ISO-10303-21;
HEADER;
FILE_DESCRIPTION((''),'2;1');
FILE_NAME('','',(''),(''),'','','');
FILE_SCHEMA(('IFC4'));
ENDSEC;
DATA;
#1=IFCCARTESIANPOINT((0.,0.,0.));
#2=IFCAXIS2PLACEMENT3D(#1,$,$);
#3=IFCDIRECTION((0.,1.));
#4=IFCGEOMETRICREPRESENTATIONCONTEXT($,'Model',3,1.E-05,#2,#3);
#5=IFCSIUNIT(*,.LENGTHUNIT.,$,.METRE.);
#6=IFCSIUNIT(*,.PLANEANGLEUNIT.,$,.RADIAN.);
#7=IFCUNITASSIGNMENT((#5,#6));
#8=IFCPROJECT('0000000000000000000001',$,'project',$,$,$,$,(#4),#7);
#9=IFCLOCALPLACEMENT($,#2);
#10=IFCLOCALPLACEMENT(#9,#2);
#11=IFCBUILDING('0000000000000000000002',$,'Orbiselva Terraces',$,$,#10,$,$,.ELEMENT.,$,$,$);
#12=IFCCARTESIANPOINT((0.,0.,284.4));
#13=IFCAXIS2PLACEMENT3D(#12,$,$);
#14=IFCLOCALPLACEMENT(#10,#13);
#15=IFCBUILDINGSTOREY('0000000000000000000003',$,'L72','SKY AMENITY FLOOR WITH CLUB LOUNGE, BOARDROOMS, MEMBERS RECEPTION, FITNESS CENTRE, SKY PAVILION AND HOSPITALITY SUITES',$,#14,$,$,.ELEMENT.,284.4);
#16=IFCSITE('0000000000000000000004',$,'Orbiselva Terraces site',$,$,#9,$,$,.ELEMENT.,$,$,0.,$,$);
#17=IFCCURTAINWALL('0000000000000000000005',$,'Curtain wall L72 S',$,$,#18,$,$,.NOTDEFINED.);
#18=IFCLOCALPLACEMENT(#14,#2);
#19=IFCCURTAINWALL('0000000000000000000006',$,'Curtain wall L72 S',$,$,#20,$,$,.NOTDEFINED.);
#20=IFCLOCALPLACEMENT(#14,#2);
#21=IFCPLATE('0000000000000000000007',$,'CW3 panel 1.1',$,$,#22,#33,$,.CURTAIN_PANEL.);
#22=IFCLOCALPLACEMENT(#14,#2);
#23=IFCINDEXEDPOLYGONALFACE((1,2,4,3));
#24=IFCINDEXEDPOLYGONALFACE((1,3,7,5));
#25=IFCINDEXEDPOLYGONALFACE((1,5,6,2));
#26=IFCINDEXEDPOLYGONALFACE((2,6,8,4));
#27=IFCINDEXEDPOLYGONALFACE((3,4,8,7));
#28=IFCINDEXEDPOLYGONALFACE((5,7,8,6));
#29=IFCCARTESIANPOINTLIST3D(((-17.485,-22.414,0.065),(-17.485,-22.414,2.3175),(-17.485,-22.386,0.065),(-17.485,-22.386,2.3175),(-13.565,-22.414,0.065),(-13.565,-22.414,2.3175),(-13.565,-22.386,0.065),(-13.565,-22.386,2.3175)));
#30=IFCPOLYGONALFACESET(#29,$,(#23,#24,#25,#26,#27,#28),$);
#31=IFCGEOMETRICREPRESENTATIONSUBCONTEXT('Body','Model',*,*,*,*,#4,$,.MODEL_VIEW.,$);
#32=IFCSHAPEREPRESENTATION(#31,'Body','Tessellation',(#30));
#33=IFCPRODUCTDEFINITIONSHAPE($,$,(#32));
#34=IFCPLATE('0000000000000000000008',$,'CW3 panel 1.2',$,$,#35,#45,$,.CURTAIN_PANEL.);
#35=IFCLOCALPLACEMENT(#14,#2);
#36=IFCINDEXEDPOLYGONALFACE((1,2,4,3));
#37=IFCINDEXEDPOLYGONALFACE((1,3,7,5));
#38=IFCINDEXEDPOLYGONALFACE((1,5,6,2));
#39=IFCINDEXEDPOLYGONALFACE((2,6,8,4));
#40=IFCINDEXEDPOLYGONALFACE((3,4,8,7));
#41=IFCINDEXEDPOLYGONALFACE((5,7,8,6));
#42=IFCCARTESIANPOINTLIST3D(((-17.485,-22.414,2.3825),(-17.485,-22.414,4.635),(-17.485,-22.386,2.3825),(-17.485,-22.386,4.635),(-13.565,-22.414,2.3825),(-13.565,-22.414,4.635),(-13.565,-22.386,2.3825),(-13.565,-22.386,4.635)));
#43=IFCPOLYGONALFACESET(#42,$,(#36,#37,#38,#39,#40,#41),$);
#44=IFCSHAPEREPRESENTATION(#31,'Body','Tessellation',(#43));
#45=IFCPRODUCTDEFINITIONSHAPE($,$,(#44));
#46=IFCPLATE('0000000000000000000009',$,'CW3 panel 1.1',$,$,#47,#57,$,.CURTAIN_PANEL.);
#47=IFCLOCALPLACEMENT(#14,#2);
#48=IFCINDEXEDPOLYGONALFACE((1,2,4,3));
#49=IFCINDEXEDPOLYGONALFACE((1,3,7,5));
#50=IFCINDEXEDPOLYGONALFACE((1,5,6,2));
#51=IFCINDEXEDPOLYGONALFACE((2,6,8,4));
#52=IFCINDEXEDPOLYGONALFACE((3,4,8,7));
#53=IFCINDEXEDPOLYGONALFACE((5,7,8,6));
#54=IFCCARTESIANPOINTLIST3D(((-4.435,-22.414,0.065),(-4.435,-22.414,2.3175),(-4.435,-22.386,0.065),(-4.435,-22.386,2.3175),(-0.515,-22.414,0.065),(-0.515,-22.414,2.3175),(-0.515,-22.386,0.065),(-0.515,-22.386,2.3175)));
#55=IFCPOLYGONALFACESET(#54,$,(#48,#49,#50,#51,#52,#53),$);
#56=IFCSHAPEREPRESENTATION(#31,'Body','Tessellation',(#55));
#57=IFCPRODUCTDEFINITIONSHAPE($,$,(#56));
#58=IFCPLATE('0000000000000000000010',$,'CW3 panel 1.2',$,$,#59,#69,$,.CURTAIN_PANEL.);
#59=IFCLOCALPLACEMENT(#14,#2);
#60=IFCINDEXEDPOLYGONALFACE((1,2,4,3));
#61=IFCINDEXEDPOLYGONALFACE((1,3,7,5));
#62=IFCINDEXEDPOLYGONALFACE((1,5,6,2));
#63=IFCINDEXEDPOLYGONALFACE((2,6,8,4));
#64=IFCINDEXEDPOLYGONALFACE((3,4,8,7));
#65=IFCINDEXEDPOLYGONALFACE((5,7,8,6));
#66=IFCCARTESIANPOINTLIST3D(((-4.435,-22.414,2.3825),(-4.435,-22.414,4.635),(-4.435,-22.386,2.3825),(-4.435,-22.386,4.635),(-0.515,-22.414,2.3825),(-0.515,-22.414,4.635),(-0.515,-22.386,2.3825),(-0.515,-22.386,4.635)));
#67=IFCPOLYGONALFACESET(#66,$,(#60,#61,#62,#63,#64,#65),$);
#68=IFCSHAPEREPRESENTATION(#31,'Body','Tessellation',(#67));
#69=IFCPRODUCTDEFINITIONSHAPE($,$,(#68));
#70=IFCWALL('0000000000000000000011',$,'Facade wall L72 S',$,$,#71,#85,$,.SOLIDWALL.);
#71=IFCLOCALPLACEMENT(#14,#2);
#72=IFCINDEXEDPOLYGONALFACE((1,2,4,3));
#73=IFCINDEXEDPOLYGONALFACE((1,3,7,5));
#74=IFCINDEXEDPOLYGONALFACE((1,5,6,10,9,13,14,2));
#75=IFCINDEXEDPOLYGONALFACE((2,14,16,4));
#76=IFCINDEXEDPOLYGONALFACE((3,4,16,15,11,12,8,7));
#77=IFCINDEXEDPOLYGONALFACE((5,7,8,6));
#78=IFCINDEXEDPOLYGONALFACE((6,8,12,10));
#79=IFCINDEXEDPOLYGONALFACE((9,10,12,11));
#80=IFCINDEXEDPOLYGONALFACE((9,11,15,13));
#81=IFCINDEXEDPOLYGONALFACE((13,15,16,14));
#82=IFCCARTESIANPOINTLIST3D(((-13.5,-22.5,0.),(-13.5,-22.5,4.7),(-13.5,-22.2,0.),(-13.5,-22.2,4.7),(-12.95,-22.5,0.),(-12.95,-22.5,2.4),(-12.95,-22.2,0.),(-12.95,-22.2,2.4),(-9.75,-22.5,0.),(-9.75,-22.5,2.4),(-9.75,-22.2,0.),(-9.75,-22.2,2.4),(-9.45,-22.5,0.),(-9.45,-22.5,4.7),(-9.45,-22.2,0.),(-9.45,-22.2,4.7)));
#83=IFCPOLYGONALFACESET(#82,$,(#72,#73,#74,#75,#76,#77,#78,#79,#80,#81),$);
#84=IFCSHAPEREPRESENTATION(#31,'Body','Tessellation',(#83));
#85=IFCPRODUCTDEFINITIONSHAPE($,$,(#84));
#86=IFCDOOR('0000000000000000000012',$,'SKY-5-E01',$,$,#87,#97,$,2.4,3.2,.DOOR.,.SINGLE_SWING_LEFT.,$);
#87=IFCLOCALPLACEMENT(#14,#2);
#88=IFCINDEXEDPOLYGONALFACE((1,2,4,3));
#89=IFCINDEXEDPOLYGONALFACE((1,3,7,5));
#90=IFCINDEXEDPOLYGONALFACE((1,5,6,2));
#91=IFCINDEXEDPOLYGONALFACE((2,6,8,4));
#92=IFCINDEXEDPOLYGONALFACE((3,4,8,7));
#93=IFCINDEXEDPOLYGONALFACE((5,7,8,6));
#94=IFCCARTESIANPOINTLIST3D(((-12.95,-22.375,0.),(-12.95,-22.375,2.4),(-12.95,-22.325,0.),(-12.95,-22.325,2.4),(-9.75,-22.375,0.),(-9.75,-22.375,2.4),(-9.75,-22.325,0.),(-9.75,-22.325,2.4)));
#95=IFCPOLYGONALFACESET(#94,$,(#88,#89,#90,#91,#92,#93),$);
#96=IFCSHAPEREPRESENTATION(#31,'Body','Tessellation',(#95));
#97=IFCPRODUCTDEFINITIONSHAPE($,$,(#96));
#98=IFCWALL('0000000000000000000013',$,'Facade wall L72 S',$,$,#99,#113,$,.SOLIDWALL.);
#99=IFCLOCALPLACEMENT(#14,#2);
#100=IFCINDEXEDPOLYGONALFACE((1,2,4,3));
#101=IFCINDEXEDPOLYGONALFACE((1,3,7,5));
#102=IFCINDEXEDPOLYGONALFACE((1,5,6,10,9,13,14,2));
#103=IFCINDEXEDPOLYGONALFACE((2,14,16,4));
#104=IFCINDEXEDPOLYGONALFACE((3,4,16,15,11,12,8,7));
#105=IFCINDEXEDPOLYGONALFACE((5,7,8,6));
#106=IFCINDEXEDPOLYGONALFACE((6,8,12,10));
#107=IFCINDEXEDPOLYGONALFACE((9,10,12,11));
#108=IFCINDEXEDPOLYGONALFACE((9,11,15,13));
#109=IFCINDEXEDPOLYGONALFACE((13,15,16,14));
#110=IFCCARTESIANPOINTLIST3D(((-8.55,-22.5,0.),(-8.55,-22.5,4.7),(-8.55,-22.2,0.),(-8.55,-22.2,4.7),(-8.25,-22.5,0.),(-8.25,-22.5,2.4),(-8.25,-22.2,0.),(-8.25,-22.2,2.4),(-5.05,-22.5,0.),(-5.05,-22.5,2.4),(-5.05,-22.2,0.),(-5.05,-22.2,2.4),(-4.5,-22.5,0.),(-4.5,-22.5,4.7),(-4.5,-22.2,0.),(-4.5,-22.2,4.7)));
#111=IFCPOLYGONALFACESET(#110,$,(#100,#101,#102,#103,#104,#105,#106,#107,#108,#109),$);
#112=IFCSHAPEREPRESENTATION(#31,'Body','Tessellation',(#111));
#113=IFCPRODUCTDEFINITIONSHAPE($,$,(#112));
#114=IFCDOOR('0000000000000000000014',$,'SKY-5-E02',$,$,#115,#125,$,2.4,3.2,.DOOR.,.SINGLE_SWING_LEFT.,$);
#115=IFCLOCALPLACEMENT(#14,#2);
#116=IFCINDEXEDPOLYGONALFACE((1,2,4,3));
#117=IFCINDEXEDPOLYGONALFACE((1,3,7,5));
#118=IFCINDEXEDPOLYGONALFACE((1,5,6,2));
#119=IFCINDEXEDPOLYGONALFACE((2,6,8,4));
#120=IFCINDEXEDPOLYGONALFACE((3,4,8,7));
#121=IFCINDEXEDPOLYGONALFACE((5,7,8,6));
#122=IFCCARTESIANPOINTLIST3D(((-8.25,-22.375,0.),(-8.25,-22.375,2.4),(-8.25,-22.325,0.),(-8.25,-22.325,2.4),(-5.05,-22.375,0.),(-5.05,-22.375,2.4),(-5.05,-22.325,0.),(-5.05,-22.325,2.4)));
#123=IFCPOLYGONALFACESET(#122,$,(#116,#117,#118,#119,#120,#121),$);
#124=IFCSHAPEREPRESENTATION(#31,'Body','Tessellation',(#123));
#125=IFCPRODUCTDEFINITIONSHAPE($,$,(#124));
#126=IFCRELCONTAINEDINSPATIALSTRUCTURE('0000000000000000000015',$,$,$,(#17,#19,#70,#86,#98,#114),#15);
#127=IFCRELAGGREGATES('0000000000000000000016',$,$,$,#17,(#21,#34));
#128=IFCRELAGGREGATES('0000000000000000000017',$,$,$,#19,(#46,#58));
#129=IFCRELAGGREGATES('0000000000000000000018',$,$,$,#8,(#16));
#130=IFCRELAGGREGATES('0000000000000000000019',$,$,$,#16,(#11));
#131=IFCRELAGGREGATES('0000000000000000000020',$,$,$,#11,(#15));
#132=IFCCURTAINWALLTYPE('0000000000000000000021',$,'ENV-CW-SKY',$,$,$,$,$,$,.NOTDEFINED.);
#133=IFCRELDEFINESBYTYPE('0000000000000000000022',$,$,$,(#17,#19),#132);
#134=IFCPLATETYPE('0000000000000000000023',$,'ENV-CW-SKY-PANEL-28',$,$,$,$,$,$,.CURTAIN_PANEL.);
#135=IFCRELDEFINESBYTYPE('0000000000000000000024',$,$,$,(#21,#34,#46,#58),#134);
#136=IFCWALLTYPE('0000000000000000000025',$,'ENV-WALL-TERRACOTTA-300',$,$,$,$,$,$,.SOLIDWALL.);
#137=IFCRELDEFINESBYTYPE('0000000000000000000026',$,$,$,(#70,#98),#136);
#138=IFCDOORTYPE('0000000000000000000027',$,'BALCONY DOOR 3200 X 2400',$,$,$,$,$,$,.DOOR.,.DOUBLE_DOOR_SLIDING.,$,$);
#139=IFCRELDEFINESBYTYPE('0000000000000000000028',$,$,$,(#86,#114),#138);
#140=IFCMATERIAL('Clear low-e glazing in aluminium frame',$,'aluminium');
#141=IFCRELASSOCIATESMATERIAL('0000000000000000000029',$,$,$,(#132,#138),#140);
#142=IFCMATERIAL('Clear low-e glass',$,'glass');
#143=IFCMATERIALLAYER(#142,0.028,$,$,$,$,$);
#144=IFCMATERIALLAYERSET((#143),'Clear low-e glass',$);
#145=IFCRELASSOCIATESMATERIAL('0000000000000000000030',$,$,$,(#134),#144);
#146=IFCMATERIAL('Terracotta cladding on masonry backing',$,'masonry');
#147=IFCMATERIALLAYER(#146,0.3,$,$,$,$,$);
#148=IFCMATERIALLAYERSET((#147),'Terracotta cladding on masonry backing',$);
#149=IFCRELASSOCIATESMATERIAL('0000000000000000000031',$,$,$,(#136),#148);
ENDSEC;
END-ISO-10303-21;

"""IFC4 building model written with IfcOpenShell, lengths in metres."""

from ifc_helpers import new_model, si_unit, direction, frame, frame_2d, origin, origin_2d, place, context, subcontext, project, spatial, rectangle, extrude, material, layer, layer_set, type_object, element, fill, aggregate, save


model = new_model("IFC4")

# Units and contexts
model_context = context("Model", 3, precision=1e-05, world=origin(), true_north=direction((0.0, 1.0)))
body_context = subcontext(model_context, "Body", "Model", "MODEL_VIEW")
ifc_project = project(units=[si_unit("LENGTHUNIT", "METRE"), si_unit("PLANEANGLEUNIT", "RADIAN")], contexts=[model_context])

# Site, building, storey
site_placement = place(None, origin())
site = spatial("IfcSite", under=ifc_project, at=site_placement, Name="Orbiselva Terraces site", CompositionType="ELEMENT", RefElevation=0.0)
building_placement = place(site_placement, origin())
building = spatial("IfcBuilding", under=site, at=building_placement, Name="Orbiselva Terraces", CompositionType="ELEMENT")
storey_placement = place(building_placement, frame((0.0, 0.0, 284.4)))
storey = spatial("IfcBuildingStorey", under=building, at=storey_placement, Name="L72", Description="SKY AMENITY FLOOR WITH CLUB LOUNGE, BOARDROOMS, MEMBERS RECEPTION, FITNESS CENTRE, SKY PAVILION AND HOSPITALITY SUITES", CompositionType="ELEMENT", Elevation=284.4)

# Shared definitions
ifc_material_1 = material(Name="Clear low-e glazing in aluminium frame", Category="aluminium")
curtain_wall_type = type_object("IfcCurtainWallType", Name="ENV-CW-SKY", PredefinedType="NOTDEFINED", material=ifc_material_1)

# Curtain walls
curtain_wall_1_placement = place(storey_placement, origin())
curtain_wall_1 = element("IfcCurtainWall", 1, at=curtain_wall_1_placement, inside=storey, type_object=curtain_wall_type, Name="Curtain wall L72 S", PredefinedType="NOTDEFINED")
curtain_wall_2_placement = place(storey_placement, origin())
curtain_wall_2 = element("IfcCurtainWall", 2, at=curtain_wall_2_placement, inside=storey, type_object=curtain_wall_type, Name="Curtain wall L72 S", PredefinedType="NOTDEFINED")

# Plates
ifc_material_2 = material(Name="Clear low-e glass", Category="glass")
ifc_layer_1 = layer(ifc_material_2, 0.028)
ifc_layer_set_1 = layer_set([ifc_layer_1], Name="Clear low-e glass")
plate_type = type_object("IfcPlateType", Name="ENV-CW-SKY-PANEL-28", PredefinedType="CURTAIN_PANEL", material=ifc_layer_set_1)
plate_1_placement = place(storey_placement, frame((-15.525, -22.4, 0.065), z_axis=(0.0, 0.0, 1.0), x_axis=(1.0, 0.0, 0.0)))
plate_1 = element("IfcPlate", 3, at=plate_1_placement, type_object=plate_type, Name="CW3 panel 1.1", PredefinedType="CURTAIN_PANEL", context=body_context, shape_type="SweptSolid", body=[
    extrude(rectangle(XDim=3.92, YDim=0.028, at=origin_2d()), origin(), (0.0, 0.0, 1.0), 2.2525),
])
plate_2_placement = place(storey_placement, frame((-15.525, -22.4, 2.3825), z_axis=(0.0, 0.0, 1.0), x_axis=(1.0, 0.0, 0.0)))
plate_2 = element("IfcPlate", 4, at=plate_2_placement, type_object=plate_type, Name="CW3 panel 1.2", PredefinedType="CURTAIN_PANEL", context=body_context, shape_type="SweptSolid", body=[
    extrude(rectangle(XDim=3.92, YDim=0.028, at=origin_2d()), origin(), (0.0, 0.0, 1.0), 2.2525),
])
aggregate(curtain_wall_1, [plate_1, plate_2])
plate_3_placement = place(storey_placement, frame((-2.475, -22.4, 0.065), z_axis=(0.0, 0.0, 1.0), x_axis=(1.0, 0.0, 0.0)))
plate_3 = element("IfcPlate", 5, at=plate_3_placement, type_object=plate_type, Name="CW3 panel 1.1", PredefinedType="CURTAIN_PANEL", context=body_context, shape_type="SweptSolid", body=[
    extrude(rectangle(XDim=3.92, YDim=0.028, at=origin_2d()), origin(), (0.0, 0.0, 1.0), 2.2525),
])
plate_4_placement = place(storey_placement, frame((-2.475, -22.4, 2.3825), z_axis=(0.0, 0.0, 1.0), x_axis=(1.0, 0.0, 0.0)))
plate_4 = element("IfcPlate", 6, at=plate_4_placement, type_object=plate_type, Name="CW3 panel 1.2", PredefinedType="CURTAIN_PANEL", context=body_context, shape_type="SweptSolid", body=[
    extrude(rectangle(XDim=3.92, YDim=0.028, at=origin_2d()), origin(), (0.0, 0.0, 1.0), 2.2525),
])
aggregate(curtain_wall_2, [plate_3, plate_4])

# Walls, openings, doors
ifc_material_3 = material(Name="Terracotta cladding on masonry backing", Category="masonry")
ifc_layer_2 = layer(ifc_material_3, 0.3)
ifc_layer_set_2 = layer_set([ifc_layer_2], Name="Terracotta cladding on masonry backing")
wall_type = type_object("IfcWallType", Name="ENV-WALL-TERRACOTTA-300", PredefinedType="SOLIDWALL", material=ifc_layer_set_2)
wall_1_placement = place(storey_placement, frame((-9.45, -22.35, 0.0), z_axis=(0.0, 0.0, 1.0), x_axis=(-1.0, 0.0, 0.0)))
wall_1 = element("IfcWall", 7, at=wall_1_placement, inside=storey, type_object=wall_type, Name="Facade wall L72 S", PredefinedType="SOLIDWALL", context=body_context, shape_type="SweptSolid", body=[
    extrude(rectangle(XDim=4.05, YDim=0.3, at=frame_2d((2.025, 0.0))), origin(), (0.0, 0.0, 1.0), 4.7),
])
opening_1_placement = place(wall_1_placement, frame((0.3, 0.0, 0.0)))
opening_1 = element("IfcOpeningElement", 8, at=opening_1_placement, cuts=wall_1, PredefinedType="OPENING", context=body_context, shape_type="SweptSolid", body=[
    extrude(rectangle(XDim=3.2, YDim=2.4, at=frame_2d((1.6, 1.2))), frame((0.0, 0.16, 0.0), z_axis=(0.0, -1.0, 0.0), x_axis=(1.0, 0.0, 0.0)), (0.0, 0.0, 1.0), 0.32),
])
door_type = type_object("IfcDoorType", Name="BALCONY DOOR 3200 X 2400", OperationType="DOUBLE_DOOR_SLIDING", PredefinedType="DOOR", material=ifc_material_1)
door_1_placement = place(opening_1_placement, origin())
door_1 = element("IfcDoor", 9, at=door_1_placement, inside=storey, type_object=door_type, Name="SKY-5-E01", OperationType="SINGLE_SWING_LEFT", OverallHeight=2.4, OverallWidth=3.2, PredefinedType="DOOR", context=body_context, shape_type="SweptSolid", body=[
    extrude(rectangle(XDim=3.2, YDim=2.4, at=frame_2d((1.6, 1.2))), frame((0.0, 0.025, 0.0), z_axis=(0.0, -1.0, 0.0), x_axis=(1.0, 0.0, 0.0)), (0.0, 0.0, 1.0), 0.05),
])
fill(opening_1, door_1)
wall_2_placement = place(storey_placement, frame((-4.5, -22.35, 0.0), z_axis=(0.0, 0.0, 1.0), x_axis=(-1.0, 0.0, 0.0)))
wall_2 = element("IfcWall", 10, at=wall_2_placement, inside=storey, type_object=wall_type, Name="Facade wall L72 S", PredefinedType="SOLIDWALL", context=body_context, shape_type="SweptSolid", body=[
    extrude(rectangle(XDim=4.05, YDim=0.3, at=frame_2d((2.025, 0.0))), origin(), (0.0, 0.0, 1.0), 4.7),
])
opening_2_placement = place(wall_2_placement, frame((0.55, 0.0, 0.0)))
opening_2 = element("IfcOpeningElement", 11, at=opening_2_placement, cuts=wall_2, PredefinedType="OPENING", context=body_context, shape_type="SweptSolid", body=[
    extrude(rectangle(XDim=3.2, YDim=2.4, at=frame_2d((1.6, 1.2))), frame((0.0, 0.16, 0.0), z_axis=(0.0, -1.0, 0.0), x_axis=(1.0, 0.0, 0.0)), (0.0, 0.0, 1.0), 0.32),
])
door_2_placement = place(opening_2_placement, origin())
door_2 = element("IfcDoor", 12, at=door_2_placement, inside=storey, type_object=door_type, Name="SKY-5-E02", OperationType="SINGLE_SWING_LEFT", OverallHeight=2.4, OverallWidth=3.2, PredefinedType="DOOR", context=body_context, shape_type="SweptSolid", body=[
    extrude(rectangle(XDim=3.2, YDim=2.4, at=frame_2d((1.6, 1.2))), frame((0.0, 0.025, 0.0), z_axis=(0.0, -1.0, 0.0), x_axis=(1.0, 0.0, 0.0)), (0.0, 0.0, 1.0), 0.05),
])
fill(opening_2, door_2)

save(model, "model.ifc")
